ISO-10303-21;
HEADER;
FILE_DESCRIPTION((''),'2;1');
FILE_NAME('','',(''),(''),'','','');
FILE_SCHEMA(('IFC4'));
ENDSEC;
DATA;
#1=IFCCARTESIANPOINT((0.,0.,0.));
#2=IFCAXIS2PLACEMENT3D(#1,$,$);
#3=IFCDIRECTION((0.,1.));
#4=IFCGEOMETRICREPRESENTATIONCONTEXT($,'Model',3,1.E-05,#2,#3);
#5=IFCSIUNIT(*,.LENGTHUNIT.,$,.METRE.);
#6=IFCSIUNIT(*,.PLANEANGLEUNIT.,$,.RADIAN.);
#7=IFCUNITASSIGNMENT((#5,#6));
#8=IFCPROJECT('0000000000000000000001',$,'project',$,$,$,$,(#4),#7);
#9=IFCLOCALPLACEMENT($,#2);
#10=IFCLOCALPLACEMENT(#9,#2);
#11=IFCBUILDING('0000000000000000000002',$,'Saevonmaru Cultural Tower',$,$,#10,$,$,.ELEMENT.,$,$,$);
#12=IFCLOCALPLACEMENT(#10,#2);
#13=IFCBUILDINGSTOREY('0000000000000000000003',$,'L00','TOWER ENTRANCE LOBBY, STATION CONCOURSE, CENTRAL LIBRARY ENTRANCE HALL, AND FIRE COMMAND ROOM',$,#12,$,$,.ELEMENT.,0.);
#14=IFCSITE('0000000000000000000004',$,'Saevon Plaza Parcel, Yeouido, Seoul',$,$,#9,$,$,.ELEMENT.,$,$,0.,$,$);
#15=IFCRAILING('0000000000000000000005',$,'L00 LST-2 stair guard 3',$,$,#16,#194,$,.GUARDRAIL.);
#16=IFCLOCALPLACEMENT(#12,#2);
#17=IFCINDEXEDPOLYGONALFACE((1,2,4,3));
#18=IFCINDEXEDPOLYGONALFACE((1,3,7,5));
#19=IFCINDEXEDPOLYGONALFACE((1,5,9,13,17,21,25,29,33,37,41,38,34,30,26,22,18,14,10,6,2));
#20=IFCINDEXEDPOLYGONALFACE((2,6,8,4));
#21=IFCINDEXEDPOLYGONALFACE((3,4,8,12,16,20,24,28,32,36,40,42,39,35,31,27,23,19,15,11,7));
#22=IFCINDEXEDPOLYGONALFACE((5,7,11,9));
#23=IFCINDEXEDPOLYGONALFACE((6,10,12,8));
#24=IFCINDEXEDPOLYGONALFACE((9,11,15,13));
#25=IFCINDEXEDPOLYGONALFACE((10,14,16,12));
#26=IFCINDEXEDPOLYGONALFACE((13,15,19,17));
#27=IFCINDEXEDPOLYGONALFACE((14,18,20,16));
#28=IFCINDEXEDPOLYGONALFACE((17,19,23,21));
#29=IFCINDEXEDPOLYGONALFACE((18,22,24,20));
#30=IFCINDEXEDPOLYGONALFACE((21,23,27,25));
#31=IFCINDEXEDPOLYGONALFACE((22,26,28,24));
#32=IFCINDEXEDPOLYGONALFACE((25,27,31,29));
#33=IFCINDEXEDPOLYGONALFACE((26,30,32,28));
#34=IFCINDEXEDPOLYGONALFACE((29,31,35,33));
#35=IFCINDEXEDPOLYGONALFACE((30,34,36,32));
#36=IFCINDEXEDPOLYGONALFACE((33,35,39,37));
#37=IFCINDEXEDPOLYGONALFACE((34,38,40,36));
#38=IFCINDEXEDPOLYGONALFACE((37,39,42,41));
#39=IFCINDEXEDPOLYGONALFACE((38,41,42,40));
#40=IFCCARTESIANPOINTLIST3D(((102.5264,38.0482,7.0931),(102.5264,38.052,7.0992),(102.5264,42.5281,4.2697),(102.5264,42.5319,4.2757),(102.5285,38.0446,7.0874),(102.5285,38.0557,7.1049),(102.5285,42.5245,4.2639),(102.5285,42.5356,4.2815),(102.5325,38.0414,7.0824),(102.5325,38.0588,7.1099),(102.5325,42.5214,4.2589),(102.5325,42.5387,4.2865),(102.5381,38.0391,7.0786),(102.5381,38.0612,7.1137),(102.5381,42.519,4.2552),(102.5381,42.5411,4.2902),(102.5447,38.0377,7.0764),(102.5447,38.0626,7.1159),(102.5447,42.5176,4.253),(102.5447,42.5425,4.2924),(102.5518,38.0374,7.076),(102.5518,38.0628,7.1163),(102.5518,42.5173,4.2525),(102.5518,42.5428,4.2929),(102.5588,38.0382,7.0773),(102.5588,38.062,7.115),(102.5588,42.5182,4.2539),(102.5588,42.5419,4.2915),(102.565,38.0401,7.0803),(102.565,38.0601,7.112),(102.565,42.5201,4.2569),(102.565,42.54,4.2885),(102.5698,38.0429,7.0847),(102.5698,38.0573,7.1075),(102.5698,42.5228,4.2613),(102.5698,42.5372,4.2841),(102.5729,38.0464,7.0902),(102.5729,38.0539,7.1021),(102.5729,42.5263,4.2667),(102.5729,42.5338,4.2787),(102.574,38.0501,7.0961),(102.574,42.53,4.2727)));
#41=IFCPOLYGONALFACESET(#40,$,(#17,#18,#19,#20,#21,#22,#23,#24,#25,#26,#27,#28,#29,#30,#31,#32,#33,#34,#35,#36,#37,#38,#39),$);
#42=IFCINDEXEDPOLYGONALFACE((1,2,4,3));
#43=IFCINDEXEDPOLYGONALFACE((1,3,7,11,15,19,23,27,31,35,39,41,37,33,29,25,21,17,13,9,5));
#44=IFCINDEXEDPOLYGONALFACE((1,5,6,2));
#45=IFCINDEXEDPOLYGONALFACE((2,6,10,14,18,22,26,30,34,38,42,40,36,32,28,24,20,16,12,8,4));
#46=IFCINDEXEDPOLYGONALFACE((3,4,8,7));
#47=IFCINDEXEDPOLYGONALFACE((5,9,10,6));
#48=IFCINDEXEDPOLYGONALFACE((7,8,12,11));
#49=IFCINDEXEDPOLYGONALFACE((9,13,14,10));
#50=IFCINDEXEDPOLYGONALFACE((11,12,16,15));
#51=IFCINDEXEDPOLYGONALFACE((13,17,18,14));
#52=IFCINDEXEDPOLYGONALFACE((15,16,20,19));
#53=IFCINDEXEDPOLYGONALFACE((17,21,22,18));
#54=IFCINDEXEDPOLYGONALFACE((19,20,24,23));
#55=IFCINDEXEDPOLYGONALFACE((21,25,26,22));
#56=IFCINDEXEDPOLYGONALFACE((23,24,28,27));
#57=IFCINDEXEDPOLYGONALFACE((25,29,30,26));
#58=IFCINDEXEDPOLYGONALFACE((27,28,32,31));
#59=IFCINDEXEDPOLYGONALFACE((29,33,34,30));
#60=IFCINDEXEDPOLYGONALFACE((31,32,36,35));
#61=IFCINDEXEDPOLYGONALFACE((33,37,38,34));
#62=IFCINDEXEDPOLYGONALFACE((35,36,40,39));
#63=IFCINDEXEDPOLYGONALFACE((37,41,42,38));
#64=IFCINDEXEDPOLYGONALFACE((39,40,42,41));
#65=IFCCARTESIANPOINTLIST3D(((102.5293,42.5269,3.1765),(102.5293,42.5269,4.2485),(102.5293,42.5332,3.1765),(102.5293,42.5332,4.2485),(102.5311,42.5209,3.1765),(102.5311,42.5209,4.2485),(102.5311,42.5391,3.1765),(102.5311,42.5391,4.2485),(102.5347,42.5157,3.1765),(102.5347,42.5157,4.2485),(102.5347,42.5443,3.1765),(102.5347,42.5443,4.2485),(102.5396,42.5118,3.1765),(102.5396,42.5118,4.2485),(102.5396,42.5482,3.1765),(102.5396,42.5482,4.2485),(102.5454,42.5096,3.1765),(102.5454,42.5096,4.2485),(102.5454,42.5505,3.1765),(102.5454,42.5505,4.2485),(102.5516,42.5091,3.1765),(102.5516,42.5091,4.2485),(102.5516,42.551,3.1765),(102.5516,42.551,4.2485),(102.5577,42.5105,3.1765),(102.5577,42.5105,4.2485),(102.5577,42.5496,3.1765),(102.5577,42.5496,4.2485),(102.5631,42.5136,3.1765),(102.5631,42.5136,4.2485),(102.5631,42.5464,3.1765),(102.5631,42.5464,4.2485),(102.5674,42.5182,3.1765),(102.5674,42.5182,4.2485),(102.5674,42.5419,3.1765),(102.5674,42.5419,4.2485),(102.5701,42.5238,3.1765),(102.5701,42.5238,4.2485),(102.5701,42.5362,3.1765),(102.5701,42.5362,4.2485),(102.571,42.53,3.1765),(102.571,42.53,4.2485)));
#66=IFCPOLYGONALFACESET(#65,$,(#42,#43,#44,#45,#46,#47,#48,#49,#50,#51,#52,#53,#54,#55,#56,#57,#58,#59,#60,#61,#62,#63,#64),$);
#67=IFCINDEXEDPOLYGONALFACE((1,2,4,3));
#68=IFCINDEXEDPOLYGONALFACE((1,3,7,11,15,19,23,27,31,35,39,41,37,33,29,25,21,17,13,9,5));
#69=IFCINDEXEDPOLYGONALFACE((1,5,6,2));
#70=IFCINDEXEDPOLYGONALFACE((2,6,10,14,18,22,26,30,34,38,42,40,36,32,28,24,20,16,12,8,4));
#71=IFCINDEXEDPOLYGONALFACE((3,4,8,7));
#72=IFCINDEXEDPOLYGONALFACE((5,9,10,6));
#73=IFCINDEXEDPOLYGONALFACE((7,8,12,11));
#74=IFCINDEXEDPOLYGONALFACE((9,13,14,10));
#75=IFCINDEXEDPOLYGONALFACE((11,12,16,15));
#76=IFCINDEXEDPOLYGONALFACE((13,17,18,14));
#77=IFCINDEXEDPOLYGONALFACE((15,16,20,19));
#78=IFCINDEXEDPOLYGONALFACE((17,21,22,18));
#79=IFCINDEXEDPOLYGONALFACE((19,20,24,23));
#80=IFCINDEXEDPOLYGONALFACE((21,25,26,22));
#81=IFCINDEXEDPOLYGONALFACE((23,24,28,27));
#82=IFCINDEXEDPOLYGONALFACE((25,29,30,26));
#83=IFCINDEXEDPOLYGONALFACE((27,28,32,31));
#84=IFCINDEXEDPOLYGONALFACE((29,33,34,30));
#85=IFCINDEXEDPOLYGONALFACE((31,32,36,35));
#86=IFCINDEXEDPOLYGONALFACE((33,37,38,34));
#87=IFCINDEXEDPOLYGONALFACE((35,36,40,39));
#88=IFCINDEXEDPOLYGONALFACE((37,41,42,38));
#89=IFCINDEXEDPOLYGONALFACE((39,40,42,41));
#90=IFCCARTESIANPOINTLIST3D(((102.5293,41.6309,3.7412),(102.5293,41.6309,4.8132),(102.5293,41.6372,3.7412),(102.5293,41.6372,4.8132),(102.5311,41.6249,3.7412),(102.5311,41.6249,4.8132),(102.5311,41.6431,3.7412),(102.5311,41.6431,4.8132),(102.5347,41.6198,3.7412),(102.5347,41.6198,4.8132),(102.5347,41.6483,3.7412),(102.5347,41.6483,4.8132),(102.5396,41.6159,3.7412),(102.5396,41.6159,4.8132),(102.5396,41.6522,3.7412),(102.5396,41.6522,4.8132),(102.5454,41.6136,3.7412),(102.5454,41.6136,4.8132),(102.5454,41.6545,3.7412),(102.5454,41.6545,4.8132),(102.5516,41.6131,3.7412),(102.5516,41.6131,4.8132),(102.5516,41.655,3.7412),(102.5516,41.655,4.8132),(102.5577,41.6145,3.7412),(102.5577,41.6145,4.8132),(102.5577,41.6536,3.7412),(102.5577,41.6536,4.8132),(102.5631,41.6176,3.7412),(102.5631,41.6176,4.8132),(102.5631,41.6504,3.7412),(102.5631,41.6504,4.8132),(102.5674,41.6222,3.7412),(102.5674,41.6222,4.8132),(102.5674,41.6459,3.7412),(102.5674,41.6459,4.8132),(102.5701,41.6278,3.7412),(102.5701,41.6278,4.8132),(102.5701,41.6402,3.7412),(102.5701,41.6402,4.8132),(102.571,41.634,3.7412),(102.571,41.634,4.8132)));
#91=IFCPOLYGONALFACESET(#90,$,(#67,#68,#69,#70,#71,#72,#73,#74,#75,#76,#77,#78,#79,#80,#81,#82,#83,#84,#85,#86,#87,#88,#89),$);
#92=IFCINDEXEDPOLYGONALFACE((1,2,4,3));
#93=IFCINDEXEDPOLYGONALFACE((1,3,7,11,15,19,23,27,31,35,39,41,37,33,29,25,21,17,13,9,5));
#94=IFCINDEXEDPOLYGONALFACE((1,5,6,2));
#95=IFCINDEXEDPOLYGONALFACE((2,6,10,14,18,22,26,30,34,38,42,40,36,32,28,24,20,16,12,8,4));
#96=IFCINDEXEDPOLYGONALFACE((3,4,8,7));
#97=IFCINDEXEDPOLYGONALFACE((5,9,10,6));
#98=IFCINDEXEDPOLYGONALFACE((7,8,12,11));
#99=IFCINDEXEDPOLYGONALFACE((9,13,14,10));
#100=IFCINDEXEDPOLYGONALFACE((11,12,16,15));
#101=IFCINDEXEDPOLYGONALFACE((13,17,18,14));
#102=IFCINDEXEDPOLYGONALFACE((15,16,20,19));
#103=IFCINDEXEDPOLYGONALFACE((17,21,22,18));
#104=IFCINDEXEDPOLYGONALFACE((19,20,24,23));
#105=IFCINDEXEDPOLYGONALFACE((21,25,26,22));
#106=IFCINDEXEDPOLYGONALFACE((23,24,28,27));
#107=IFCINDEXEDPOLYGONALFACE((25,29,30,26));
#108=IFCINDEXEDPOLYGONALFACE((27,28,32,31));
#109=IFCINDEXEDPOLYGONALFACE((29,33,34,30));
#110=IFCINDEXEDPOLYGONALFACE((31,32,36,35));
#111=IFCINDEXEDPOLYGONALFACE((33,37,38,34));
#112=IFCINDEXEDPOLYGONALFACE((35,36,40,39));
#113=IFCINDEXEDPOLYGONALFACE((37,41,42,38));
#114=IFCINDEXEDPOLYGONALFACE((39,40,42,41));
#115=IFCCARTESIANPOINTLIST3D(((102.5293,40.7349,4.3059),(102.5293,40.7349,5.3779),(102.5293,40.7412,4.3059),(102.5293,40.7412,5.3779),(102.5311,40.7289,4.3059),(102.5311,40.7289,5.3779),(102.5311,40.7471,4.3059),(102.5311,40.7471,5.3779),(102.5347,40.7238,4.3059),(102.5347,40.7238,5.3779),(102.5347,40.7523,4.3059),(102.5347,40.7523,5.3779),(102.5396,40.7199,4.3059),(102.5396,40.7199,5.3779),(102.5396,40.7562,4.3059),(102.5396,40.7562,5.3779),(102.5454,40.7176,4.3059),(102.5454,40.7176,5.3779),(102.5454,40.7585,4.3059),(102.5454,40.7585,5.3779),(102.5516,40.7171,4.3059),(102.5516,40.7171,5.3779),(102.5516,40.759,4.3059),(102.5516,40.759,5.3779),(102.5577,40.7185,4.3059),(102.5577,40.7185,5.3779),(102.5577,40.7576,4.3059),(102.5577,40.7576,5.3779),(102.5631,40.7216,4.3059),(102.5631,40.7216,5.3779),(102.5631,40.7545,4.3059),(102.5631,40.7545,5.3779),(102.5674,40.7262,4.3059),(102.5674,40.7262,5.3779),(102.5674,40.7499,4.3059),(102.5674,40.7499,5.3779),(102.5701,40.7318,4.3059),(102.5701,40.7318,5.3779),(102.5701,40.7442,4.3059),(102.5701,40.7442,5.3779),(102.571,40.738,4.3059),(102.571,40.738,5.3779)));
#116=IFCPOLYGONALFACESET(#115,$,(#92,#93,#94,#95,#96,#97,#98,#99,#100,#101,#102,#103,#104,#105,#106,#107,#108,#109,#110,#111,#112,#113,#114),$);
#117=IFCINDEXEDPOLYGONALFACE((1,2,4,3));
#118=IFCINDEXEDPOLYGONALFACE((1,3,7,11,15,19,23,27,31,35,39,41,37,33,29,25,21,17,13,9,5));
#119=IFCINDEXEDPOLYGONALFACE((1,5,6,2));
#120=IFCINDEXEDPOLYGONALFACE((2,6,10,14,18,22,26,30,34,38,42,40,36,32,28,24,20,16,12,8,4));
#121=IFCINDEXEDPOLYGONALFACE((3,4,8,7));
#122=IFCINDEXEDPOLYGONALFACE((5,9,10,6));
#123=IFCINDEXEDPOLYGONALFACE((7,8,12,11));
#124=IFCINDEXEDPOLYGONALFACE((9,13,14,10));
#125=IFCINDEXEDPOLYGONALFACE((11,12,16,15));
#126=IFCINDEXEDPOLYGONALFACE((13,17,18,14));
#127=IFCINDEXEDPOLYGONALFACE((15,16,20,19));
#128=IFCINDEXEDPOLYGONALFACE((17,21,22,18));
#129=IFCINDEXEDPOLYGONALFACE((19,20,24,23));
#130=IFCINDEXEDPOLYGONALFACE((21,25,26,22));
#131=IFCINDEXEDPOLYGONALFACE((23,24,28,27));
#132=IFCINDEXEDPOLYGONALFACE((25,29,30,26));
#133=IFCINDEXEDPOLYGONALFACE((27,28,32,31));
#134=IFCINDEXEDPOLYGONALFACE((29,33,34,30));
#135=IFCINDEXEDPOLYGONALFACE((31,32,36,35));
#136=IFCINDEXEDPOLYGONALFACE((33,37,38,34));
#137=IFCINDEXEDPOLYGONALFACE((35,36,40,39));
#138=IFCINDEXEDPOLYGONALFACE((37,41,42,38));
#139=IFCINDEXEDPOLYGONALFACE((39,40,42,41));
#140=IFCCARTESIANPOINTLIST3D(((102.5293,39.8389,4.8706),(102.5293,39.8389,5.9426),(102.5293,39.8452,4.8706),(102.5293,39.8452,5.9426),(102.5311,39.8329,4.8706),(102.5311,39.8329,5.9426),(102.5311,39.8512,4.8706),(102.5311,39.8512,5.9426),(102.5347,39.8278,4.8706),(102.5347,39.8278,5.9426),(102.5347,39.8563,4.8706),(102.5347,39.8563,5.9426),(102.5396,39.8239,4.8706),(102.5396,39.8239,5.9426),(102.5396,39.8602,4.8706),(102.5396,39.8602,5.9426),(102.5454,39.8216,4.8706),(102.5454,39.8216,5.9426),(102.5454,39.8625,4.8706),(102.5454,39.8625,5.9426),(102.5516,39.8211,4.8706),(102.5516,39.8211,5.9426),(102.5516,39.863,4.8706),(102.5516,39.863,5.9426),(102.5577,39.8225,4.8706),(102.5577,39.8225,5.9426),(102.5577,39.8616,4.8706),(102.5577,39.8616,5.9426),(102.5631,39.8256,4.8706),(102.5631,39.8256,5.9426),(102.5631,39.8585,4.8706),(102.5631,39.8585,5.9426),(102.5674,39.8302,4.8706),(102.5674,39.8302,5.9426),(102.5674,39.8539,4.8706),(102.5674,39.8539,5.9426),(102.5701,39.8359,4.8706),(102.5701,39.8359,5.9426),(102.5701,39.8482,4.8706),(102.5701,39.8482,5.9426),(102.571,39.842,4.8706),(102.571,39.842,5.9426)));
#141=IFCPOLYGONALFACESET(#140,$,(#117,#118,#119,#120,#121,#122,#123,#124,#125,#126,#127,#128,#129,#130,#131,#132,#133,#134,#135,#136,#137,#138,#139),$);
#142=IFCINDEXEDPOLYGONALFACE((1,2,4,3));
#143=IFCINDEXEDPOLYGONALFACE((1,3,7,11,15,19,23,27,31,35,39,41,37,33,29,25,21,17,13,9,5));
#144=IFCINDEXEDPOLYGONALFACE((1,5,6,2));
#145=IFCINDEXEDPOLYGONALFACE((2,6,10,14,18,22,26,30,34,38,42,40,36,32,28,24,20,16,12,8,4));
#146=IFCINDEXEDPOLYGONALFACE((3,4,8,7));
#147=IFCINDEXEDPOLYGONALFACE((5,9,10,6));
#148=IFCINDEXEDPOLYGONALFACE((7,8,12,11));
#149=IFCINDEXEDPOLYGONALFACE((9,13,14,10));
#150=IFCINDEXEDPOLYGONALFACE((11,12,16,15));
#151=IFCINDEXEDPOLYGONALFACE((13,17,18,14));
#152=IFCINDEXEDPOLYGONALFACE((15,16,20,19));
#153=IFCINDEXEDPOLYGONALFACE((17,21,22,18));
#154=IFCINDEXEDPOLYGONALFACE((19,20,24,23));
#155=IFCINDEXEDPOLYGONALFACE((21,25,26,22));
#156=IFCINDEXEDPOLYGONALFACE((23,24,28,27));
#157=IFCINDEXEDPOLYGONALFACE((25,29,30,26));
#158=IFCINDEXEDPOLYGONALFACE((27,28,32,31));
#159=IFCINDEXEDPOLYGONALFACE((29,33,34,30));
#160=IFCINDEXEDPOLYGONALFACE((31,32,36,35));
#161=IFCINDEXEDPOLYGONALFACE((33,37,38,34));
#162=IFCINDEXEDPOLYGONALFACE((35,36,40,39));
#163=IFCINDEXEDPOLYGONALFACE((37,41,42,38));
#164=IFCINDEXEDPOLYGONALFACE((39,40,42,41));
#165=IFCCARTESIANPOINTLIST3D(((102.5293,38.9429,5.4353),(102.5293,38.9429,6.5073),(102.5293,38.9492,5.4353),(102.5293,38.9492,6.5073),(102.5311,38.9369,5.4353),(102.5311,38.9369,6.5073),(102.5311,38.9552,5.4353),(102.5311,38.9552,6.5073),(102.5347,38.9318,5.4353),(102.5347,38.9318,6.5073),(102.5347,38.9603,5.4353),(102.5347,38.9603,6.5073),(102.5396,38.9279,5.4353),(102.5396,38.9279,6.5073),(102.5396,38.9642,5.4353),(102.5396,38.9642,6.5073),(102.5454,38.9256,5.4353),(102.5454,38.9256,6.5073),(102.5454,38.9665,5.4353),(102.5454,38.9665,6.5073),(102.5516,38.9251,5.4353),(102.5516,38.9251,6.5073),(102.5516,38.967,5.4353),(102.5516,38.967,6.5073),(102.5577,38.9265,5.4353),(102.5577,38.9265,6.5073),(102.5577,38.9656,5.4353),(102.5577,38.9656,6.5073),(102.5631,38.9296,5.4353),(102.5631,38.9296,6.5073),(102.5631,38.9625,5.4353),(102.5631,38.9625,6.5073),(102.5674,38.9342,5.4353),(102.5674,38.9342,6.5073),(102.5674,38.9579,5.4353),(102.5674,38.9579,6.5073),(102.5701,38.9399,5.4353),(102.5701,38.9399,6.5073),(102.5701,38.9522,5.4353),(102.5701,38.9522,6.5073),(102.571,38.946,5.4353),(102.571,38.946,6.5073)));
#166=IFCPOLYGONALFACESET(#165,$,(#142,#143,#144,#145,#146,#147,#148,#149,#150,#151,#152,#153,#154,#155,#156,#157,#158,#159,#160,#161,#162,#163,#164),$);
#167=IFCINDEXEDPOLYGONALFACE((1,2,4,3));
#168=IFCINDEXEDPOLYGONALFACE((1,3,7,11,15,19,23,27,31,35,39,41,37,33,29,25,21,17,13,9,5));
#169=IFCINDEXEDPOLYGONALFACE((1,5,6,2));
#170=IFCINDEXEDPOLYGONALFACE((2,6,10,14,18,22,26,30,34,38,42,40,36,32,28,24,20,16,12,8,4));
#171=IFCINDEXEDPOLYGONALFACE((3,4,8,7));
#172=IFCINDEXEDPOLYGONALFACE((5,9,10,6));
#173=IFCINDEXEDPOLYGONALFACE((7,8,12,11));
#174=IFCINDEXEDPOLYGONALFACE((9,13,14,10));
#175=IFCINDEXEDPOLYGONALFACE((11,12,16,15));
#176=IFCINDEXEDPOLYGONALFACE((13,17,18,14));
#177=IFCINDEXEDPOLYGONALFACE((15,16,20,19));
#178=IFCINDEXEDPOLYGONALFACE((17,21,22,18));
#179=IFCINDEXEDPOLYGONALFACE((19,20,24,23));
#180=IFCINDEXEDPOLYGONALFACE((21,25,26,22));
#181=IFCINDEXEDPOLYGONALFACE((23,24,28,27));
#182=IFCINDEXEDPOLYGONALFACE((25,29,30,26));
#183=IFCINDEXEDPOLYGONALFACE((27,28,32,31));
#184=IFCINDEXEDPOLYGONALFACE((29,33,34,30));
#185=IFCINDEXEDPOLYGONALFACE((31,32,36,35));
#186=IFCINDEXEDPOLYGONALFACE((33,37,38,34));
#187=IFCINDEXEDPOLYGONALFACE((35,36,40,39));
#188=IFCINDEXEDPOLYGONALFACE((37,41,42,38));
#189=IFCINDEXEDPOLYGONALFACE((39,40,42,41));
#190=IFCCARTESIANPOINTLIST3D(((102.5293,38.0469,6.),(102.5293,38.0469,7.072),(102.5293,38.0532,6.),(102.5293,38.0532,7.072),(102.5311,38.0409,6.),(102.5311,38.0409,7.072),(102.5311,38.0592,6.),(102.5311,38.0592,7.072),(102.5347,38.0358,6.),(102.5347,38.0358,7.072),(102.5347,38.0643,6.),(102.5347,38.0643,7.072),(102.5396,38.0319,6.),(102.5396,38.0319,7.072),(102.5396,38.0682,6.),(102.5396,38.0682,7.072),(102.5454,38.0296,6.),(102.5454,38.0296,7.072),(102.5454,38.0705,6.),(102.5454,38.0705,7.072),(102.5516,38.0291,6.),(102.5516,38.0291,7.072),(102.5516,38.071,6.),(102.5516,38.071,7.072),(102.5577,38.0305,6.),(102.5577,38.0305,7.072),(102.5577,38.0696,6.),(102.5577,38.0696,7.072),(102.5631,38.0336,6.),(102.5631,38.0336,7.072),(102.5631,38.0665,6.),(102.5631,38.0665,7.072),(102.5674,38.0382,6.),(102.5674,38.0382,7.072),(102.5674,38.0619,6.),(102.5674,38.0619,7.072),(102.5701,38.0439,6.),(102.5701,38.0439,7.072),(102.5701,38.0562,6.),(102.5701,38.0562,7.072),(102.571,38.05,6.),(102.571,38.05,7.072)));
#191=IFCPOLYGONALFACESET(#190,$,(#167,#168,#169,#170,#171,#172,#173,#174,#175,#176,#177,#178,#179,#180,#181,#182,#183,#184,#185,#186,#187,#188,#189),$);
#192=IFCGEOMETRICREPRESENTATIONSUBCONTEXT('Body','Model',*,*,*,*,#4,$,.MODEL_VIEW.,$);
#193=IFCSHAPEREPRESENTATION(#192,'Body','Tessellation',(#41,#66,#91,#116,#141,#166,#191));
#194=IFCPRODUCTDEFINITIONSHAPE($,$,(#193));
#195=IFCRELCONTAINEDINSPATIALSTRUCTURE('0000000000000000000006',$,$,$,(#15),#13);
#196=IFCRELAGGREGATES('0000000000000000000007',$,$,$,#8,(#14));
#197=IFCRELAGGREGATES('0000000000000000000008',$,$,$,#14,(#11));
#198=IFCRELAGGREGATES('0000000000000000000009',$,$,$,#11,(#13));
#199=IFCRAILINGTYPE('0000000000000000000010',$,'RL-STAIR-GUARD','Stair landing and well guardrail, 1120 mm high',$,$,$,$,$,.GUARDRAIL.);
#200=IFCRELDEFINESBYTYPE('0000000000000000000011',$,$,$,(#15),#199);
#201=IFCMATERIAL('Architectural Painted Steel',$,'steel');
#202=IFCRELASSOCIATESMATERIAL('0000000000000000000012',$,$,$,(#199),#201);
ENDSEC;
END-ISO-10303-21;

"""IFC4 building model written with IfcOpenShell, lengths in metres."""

from ifc_helpers import new_model, si_unit, direction, frame, origin, origin_2d, place, context, subcontext, project, spatial, circle, extrude, material, type_object, element, save


model = new_model("IFC4")

# Units and contexts
model_context = context("Model", 3, precision=1e-05, world=origin(), true_north=direction((0.0, 1.0)))
body_context = subcontext(model_context, "Body", "Model", "MODEL_VIEW")
ifc_project = project(units=[si_unit("LENGTHUNIT", "METRE"), si_unit("PLANEANGLEUNIT", "RADIAN")], contexts=[model_context])

# Site, building, storey
site_placement = place(None, origin())
site = spatial("IfcSite", under=ifc_project, at=site_placement, Name="Saevon Plaza Parcel, Yeouido, Seoul", CompositionType="ELEMENT", RefElevation=0.0)
building_placement = place(site_placement, origin())
building = spatial("IfcBuilding", under=site, at=building_placement, Name="Saevonmaru Cultural Tower", CompositionType="ELEMENT")
storey_placement = place(building_placement, origin())
storey = spatial("IfcBuildingStorey", under=building, at=storey_placement, Name="L00", Description="TOWER ENTRANCE LOBBY, STATION CONCOURSE, CENTRAL LIBRARY ENTRANCE HALL, AND FIRE COMMAND ROOM", CompositionType="ELEMENT", Elevation=0.0)

# Railing
ifc_material_1 = material(Name="Architectural Painted Steel", Category="steel")
railing_type_1 = type_object("IfcRailingType", Name="RL-STAIR-GUARD", Description="Stair landing and well guardrail, 1120 mm high", PredefinedType="GUARDRAIL", material=ifc_material_1)
railing_1_placement = place(storey_placement, frame((102.55, 42.53, 3.1765)))
element("IfcRailing", 1, at=railing_1_placement, inside=storey, type_object=railing_type_1, Name="L00 LST-2 stair guard 3", PredefinedType="GUARDRAIL", context=body_context, shape_type="SweptSolid", body=[
    extrude(circle(Radius=0.0239, at=origin_2d()), frame((0.0, 0.0, 1.0962), z_axis=(0.0, -0.845998, 0.533186), x_axis=(1.0, 0.0, 0.0)), (0.0, 0.0, 1.0), 5.2954),
    extrude(circle(Radius=0.021, at=origin_2d()), origin(), (0.0, 0.0, 1.0), 1.072),
    extrude(circle(Radius=0.021, at=origin_2d()), frame((0.0, -0.896, 0.5647)), (0.0, 0.0, 1.0), 1.072),
    extrude(circle(Radius=0.021, at=origin_2d()), frame((0.0, -1.792, 1.1294)), (0.0, 0.0, 1.0), 1.072),
    extrude(circle(Radius=0.021, at=origin_2d()), frame((0.0, -2.688, 1.6941)), (0.0, 0.0, 1.0), 1.072),
    extrude(circle(Radius=0.021, at=origin_2d()), frame((0.0, -3.584, 2.2588)), (0.0, 0.0, 1.0), 1.072),
    extrude(circle(Radius=0.021, at=origin_2d()), frame((0.0, -4.48, 2.8235)), (0.0, 0.0, 1.0), 1.072),
])

save(model, "model.ifc")
